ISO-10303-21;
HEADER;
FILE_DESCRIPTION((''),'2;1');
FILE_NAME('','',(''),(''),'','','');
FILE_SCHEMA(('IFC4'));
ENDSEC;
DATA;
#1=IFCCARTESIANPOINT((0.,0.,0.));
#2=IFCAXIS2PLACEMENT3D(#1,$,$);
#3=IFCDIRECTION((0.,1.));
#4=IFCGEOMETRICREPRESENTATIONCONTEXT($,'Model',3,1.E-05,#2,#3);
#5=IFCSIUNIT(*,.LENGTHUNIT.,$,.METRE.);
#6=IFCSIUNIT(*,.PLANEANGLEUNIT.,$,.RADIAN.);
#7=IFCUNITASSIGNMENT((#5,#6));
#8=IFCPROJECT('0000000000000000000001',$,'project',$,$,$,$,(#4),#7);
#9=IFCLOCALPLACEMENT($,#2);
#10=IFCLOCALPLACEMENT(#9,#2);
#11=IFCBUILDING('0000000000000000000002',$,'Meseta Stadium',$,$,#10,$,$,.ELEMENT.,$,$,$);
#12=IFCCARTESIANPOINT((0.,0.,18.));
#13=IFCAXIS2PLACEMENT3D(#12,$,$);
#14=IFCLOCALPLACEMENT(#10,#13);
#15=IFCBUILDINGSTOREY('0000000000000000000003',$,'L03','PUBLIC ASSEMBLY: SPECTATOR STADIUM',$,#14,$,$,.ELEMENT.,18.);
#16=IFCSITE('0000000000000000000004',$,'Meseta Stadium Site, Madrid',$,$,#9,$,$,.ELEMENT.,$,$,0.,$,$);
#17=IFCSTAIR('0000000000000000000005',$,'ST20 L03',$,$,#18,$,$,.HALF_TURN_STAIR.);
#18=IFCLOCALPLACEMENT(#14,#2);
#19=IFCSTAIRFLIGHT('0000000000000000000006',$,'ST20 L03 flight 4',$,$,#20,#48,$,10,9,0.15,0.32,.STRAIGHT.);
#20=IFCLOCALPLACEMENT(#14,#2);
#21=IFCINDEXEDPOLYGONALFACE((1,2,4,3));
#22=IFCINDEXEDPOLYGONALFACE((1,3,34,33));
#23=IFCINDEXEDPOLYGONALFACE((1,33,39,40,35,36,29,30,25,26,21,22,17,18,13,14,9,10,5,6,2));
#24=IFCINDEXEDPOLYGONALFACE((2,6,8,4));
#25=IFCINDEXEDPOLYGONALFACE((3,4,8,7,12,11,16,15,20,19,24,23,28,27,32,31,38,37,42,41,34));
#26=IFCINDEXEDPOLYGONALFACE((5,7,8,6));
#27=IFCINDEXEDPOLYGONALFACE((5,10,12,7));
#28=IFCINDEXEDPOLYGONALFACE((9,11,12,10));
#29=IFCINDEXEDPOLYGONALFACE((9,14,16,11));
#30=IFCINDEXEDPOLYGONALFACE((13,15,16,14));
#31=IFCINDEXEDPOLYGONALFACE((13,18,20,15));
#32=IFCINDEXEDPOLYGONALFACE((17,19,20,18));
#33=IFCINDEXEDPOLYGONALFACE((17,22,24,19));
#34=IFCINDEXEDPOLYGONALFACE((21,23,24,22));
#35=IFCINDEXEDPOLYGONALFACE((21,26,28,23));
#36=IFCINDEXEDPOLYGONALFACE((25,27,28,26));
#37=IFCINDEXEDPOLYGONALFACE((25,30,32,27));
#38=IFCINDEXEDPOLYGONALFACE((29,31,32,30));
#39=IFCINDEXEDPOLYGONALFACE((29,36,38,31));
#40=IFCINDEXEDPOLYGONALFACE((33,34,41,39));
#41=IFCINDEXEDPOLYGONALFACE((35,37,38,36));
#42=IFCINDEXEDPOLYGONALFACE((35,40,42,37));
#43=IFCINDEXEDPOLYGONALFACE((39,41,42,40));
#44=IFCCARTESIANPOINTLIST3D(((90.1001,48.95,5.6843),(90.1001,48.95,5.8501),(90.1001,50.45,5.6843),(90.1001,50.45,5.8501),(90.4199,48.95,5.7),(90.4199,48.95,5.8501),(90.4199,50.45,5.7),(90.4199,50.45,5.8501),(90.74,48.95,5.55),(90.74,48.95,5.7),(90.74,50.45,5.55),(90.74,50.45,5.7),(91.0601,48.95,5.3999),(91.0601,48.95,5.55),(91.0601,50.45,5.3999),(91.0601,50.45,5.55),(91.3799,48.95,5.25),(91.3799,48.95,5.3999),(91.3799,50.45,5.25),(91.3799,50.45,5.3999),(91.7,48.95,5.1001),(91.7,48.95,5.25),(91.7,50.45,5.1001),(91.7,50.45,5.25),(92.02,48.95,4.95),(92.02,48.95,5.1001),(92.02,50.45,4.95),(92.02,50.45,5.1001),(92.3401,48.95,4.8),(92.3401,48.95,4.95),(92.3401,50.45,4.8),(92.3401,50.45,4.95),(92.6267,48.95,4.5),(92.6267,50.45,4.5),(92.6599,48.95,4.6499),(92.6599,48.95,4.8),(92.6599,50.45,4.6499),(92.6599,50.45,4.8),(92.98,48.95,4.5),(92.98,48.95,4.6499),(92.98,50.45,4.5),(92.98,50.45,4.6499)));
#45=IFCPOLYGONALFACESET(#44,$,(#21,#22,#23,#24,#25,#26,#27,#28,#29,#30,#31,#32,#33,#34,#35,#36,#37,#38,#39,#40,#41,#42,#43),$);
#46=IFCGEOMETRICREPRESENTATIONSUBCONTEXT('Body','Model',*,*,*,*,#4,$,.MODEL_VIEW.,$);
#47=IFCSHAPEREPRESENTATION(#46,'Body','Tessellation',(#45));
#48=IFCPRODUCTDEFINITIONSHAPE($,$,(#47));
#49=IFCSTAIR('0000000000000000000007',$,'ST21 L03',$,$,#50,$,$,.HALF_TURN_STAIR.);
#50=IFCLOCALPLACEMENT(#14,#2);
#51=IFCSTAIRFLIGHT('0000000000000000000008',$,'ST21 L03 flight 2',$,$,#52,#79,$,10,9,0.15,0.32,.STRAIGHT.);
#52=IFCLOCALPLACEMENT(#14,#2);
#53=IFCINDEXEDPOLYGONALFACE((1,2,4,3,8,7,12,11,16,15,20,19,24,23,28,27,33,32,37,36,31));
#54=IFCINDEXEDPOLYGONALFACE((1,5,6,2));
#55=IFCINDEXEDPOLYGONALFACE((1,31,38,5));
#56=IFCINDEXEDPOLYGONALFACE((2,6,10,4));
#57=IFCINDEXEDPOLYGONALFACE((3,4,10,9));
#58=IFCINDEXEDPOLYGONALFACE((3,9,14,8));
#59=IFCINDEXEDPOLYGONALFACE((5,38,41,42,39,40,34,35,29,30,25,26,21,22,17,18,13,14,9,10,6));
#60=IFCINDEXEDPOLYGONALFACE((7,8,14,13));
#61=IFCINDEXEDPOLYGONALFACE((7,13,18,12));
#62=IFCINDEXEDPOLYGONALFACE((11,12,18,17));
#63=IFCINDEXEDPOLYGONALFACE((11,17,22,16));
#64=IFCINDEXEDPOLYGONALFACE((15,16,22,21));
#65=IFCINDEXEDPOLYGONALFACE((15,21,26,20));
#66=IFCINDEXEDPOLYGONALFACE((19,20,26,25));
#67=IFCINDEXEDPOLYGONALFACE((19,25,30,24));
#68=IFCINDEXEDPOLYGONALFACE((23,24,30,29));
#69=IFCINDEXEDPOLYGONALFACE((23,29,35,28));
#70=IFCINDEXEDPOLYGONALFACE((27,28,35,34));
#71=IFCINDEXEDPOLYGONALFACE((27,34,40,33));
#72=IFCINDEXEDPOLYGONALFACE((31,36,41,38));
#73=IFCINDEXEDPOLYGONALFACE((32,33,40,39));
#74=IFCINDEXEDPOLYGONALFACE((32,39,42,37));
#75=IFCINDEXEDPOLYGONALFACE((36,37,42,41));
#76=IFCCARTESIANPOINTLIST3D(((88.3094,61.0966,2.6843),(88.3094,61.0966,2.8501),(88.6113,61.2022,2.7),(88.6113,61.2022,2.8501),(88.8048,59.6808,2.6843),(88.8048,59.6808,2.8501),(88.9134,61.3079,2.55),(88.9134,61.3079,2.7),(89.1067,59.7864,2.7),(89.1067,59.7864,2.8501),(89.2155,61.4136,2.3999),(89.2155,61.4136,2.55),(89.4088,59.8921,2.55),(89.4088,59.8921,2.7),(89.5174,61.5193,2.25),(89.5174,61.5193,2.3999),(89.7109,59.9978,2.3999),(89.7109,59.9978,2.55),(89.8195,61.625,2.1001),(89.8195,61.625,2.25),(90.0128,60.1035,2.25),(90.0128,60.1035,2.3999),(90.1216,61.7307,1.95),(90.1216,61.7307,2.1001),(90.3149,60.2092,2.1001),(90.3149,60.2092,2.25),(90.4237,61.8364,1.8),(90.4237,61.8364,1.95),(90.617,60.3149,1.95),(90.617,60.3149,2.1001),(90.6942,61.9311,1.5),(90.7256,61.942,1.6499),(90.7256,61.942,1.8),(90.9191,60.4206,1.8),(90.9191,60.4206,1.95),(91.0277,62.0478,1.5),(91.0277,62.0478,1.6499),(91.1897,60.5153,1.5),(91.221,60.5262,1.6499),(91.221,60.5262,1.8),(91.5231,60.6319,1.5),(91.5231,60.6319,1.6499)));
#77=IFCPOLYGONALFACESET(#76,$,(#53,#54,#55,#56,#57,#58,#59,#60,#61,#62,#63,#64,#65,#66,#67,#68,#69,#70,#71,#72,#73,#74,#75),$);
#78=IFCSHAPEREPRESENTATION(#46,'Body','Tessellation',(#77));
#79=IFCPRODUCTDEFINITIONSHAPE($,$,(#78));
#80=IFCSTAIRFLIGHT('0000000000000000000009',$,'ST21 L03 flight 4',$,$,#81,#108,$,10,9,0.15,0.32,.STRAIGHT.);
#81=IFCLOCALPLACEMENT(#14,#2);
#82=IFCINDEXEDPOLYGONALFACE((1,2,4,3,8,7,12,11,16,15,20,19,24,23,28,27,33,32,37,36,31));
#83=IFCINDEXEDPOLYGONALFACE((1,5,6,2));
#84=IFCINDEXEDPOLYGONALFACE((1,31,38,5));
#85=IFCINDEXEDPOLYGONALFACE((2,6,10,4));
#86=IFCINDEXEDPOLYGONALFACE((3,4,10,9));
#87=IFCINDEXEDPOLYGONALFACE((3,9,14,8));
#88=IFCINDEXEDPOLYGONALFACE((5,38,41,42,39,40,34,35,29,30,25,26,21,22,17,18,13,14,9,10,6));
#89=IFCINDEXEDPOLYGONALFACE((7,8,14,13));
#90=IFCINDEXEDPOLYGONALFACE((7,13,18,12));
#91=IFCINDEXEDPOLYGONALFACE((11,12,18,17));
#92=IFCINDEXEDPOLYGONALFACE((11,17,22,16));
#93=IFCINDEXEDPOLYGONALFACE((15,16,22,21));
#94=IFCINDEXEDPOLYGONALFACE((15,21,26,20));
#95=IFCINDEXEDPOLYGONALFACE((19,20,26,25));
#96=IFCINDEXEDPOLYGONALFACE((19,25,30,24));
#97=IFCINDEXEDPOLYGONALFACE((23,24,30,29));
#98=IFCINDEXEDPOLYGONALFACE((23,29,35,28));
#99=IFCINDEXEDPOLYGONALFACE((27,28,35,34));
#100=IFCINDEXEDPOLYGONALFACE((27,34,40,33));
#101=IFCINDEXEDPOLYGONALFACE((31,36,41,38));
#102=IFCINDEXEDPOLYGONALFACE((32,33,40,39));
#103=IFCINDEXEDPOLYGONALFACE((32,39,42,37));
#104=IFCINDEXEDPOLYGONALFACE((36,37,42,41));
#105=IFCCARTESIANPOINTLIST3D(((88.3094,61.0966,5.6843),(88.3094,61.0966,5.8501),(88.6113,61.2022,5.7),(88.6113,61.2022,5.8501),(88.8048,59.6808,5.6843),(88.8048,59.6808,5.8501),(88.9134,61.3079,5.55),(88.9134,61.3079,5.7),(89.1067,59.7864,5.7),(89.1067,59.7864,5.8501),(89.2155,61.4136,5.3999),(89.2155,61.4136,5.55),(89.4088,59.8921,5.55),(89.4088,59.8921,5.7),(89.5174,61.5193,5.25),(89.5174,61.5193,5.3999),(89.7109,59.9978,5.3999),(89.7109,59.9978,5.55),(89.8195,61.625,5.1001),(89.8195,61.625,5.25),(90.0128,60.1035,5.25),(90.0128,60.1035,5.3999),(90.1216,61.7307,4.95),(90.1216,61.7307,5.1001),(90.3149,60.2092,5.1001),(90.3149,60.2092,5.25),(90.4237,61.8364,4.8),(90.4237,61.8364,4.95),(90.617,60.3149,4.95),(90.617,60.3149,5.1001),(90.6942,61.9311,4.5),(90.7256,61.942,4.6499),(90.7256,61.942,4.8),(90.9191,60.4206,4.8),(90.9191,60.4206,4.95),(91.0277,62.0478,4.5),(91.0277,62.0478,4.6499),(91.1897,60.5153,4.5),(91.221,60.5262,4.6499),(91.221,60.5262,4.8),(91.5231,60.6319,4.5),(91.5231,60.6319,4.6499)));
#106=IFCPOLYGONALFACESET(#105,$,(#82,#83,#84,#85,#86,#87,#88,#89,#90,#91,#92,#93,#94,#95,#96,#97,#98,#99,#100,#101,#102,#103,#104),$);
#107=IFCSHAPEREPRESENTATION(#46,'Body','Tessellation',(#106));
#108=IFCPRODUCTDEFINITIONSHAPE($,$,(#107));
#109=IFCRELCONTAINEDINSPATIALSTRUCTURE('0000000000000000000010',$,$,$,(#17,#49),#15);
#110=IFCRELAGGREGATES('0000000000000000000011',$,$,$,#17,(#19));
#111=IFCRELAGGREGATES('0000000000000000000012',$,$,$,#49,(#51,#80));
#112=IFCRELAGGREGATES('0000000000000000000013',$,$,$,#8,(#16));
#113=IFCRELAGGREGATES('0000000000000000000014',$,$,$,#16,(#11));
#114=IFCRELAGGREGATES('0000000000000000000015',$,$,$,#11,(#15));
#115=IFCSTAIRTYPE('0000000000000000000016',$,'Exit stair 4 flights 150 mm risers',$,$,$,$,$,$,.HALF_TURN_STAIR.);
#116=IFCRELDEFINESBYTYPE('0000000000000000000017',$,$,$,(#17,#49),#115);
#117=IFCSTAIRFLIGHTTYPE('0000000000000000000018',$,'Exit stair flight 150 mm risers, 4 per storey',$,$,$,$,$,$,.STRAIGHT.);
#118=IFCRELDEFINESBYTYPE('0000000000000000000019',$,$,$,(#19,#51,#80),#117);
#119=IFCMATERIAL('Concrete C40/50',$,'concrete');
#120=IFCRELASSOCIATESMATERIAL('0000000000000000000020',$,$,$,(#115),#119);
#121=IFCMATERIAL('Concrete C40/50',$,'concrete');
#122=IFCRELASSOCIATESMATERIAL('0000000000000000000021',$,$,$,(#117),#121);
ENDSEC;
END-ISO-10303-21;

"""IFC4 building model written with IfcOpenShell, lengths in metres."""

from ifc_helpers import new_model, si_unit, direction, frame, origin, place, context, subcontext, project, spatial, polyline, outline, extrude, material, type_object, element, aggregate, save


model = new_model("IFC4")

# Units and contexts
model_context = context("Model", 3, precision=1e-05, world=origin(), true_north=direction((0.0, 1.0)))
body_context = subcontext(model_context, "Body", "Model", "MODEL_VIEW")
ifc_project = project(units=[si_unit("LENGTHUNIT", "METRE"), si_unit("PLANEANGLEUNIT", "RADIAN")], contexts=[model_context])

# Site, building, storey
site_placement = place(None, origin())
site = spatial("IfcSite", under=ifc_project, at=site_placement, Name="Meseta Stadium Site, Madrid", CompositionType="ELEMENT", RefElevation=0.0)
building_placement = place(site_placement, origin())
building = spatial("IfcBuilding", under=site, at=building_placement, Name="Meseta Stadium", CompositionType="ELEMENT")
storey_placement = place(building_placement, frame((0.0, 0.0, 18.0)))
storey = spatial("IfcBuildingStorey", under=building, at=storey_placement, Name="L03", Description="PUBLIC ASSEMBLY: SPECTATOR STADIUM", CompositionType="ELEMENT", Elevation=18.0)

# Stairs, stair flights
ifc_material_1 = material(Name="Concrete C40/50", Category="concrete")
stair_type = type_object("IfcStairType", Name="Exit stair 4 flights 150 mm risers", PredefinedType="HALF_TURN_STAIR", material=ifc_material_1)
ifc_material_2 = material(Name="Concrete C40/50", Category="concrete")
stair_flight_type = type_object("IfcStairFlightType", Name="Exit stair flight 150 mm risers, 4 per storey", PredefinedType="STRAIGHT", material=ifc_material_2)
stair_1_placement = place(storey_placement, origin())
stair_1 = element("IfcStair", 1, at=stair_1_placement, inside=storey, type_object=stair_type, Name="ST20 L03", PredefinedType="HALF_TURN_STAIR")
stair_flight_1_placement = place(storey_placement, frame((92.98, 49.7, 4.5), z_axis=(0.0, 0.0, 1.0), x_axis=(-1.0, 0.0, 0.0)))
stair_flight_1 = element("IfcStairFlight", 2, at=stair_flight_1_placement, type_object=stair_flight_type, Name="ST20 L03 flight 4", NumberOfRisers=10, NumberOfTreads=9, PredefinedType="STRAIGHT", RiserHeight=0.15, TreadLength=0.32, context=body_context, shape_type="SweptSolid", body=[
    extrude(outline(polyline([(0.0, 0.0), (0.0, 0.1499), (0.3201, 0.1499), (0.3201, 0.3), (0.6399, 0.3), (0.6399, 0.45), (0.96, 0.45), (0.96, 0.6001), (1.28, 0.6001), (1.28, 0.75), (1.6001, 0.75), (1.6001, 0.8999), (1.9199, 0.8999), (1.9199, 1.05), (2.24, 1.05), (2.24, 1.2), (2.5601, 1.2), (2.5601, 1.3501), (2.8799, 1.3501), (2.8799, 1.1843), (0.3533, 0.0), (0.0, 0.0)])), frame((0.0, 0.75, 0.0), z_axis=(0.0, -1.0, 0.0), x_axis=(1.0, 0.0, 0.0)), (0.0, 0.0, 1.0), 1.5),
])
aggregate(stair_1, [stair_flight_1])
stair_2_placement = place(storey_placement, origin())
stair_2 = element("IfcStair", 3, at=stair_2_placement, inside=storey, type_object=stair_type, Name="ST21 L03", PredefinedType="HALF_TURN_STAIR")
stair_flight_2_placement = place(storey_placement, frame((91.2754, 61.3398, 1.5), z_axis=(0.0, 0.0, 1.0), x_axis=(-0.943883, -0.330279, 0.0)))
stair_flight_2 = element("IfcStairFlight", 4, at=stair_flight_2_placement, type_object=stair_flight_type, Name="ST21 L03 flight 2", NumberOfRisers=10, NumberOfTreads=9, PredefinedType="STRAIGHT", RiserHeight=0.15, TreadLength=0.32, context=body_context, shape_type="SweptSolid", body=[
    extrude(outline(polyline([(0.0, 0.0), (0.0, 0.1499), (0.3201, 0.1499), (0.3201, 0.3), (0.6399, 0.3), (0.6399, 0.45), (0.96, 0.45), (0.96, 0.6001), (1.28, 0.6001), (1.28, 0.75), (1.6001, 0.75), (1.6001, 0.8999), (1.9199, 0.8999), (1.9199, 1.05), (2.24, 1.05), (2.24, 1.2), (2.5601, 1.2), (2.5601, 1.3501), (2.8799, 1.3501), (2.8799, 1.1843), (0.3533, 0.0), (0.0, 0.0)])), frame((0.0, 0.75, 0.0), z_axis=(0.0, -1.0, 0.0), x_axis=(1.0, 0.0, 0.0)), (0.0, 0.0, 1.0), 1.5),
])
stair_flight_3_placement = place(storey_placement, frame((91.2754, 61.3398, 4.5), z_axis=(0.0, 0.0, 1.0), x_axis=(-0.943883, -0.330279, 0.0)))
stair_flight_3 = element("IfcStairFlight", 5, at=stair_flight_3_placement, type_object=stair_flight_type, Name="ST21 L03 flight 4", NumberOfRisers=10, NumberOfTreads=9, PredefinedType="STRAIGHT", RiserHeight=0.15, TreadLength=0.32, context=body_context, shape_type="SweptSolid", body=[
    extrude(outline(polyline([(0.0, 0.0), (0.0, 0.1499), (0.3201, 0.1499), (0.3201, 0.3), (0.6399, 0.3), (0.6399, 0.45), (0.96, 0.45), (0.96, 0.6001), (1.28, 0.6001), (1.28, 0.75), (1.6001, 0.75), (1.6001, 0.8999), (1.9199, 0.8999), (1.9199, 1.05), (2.24, 1.05), (2.24, 1.2), (2.5601, 1.2), (2.5601, 1.3501), (2.8799, 1.3501), (2.8799, 1.1843), (0.3533, 0.0), (0.0, 0.0)])), frame((0.0, 0.75, 0.0), z_axis=(0.0, -1.0, 0.0), x_axis=(1.0, 0.0, 0.0)), (0.0, 0.0, 1.0), 1.5),
])
aggregate(stair_2, [stair_flight_2, stair_flight_3])

save(model, "model.ifc")
